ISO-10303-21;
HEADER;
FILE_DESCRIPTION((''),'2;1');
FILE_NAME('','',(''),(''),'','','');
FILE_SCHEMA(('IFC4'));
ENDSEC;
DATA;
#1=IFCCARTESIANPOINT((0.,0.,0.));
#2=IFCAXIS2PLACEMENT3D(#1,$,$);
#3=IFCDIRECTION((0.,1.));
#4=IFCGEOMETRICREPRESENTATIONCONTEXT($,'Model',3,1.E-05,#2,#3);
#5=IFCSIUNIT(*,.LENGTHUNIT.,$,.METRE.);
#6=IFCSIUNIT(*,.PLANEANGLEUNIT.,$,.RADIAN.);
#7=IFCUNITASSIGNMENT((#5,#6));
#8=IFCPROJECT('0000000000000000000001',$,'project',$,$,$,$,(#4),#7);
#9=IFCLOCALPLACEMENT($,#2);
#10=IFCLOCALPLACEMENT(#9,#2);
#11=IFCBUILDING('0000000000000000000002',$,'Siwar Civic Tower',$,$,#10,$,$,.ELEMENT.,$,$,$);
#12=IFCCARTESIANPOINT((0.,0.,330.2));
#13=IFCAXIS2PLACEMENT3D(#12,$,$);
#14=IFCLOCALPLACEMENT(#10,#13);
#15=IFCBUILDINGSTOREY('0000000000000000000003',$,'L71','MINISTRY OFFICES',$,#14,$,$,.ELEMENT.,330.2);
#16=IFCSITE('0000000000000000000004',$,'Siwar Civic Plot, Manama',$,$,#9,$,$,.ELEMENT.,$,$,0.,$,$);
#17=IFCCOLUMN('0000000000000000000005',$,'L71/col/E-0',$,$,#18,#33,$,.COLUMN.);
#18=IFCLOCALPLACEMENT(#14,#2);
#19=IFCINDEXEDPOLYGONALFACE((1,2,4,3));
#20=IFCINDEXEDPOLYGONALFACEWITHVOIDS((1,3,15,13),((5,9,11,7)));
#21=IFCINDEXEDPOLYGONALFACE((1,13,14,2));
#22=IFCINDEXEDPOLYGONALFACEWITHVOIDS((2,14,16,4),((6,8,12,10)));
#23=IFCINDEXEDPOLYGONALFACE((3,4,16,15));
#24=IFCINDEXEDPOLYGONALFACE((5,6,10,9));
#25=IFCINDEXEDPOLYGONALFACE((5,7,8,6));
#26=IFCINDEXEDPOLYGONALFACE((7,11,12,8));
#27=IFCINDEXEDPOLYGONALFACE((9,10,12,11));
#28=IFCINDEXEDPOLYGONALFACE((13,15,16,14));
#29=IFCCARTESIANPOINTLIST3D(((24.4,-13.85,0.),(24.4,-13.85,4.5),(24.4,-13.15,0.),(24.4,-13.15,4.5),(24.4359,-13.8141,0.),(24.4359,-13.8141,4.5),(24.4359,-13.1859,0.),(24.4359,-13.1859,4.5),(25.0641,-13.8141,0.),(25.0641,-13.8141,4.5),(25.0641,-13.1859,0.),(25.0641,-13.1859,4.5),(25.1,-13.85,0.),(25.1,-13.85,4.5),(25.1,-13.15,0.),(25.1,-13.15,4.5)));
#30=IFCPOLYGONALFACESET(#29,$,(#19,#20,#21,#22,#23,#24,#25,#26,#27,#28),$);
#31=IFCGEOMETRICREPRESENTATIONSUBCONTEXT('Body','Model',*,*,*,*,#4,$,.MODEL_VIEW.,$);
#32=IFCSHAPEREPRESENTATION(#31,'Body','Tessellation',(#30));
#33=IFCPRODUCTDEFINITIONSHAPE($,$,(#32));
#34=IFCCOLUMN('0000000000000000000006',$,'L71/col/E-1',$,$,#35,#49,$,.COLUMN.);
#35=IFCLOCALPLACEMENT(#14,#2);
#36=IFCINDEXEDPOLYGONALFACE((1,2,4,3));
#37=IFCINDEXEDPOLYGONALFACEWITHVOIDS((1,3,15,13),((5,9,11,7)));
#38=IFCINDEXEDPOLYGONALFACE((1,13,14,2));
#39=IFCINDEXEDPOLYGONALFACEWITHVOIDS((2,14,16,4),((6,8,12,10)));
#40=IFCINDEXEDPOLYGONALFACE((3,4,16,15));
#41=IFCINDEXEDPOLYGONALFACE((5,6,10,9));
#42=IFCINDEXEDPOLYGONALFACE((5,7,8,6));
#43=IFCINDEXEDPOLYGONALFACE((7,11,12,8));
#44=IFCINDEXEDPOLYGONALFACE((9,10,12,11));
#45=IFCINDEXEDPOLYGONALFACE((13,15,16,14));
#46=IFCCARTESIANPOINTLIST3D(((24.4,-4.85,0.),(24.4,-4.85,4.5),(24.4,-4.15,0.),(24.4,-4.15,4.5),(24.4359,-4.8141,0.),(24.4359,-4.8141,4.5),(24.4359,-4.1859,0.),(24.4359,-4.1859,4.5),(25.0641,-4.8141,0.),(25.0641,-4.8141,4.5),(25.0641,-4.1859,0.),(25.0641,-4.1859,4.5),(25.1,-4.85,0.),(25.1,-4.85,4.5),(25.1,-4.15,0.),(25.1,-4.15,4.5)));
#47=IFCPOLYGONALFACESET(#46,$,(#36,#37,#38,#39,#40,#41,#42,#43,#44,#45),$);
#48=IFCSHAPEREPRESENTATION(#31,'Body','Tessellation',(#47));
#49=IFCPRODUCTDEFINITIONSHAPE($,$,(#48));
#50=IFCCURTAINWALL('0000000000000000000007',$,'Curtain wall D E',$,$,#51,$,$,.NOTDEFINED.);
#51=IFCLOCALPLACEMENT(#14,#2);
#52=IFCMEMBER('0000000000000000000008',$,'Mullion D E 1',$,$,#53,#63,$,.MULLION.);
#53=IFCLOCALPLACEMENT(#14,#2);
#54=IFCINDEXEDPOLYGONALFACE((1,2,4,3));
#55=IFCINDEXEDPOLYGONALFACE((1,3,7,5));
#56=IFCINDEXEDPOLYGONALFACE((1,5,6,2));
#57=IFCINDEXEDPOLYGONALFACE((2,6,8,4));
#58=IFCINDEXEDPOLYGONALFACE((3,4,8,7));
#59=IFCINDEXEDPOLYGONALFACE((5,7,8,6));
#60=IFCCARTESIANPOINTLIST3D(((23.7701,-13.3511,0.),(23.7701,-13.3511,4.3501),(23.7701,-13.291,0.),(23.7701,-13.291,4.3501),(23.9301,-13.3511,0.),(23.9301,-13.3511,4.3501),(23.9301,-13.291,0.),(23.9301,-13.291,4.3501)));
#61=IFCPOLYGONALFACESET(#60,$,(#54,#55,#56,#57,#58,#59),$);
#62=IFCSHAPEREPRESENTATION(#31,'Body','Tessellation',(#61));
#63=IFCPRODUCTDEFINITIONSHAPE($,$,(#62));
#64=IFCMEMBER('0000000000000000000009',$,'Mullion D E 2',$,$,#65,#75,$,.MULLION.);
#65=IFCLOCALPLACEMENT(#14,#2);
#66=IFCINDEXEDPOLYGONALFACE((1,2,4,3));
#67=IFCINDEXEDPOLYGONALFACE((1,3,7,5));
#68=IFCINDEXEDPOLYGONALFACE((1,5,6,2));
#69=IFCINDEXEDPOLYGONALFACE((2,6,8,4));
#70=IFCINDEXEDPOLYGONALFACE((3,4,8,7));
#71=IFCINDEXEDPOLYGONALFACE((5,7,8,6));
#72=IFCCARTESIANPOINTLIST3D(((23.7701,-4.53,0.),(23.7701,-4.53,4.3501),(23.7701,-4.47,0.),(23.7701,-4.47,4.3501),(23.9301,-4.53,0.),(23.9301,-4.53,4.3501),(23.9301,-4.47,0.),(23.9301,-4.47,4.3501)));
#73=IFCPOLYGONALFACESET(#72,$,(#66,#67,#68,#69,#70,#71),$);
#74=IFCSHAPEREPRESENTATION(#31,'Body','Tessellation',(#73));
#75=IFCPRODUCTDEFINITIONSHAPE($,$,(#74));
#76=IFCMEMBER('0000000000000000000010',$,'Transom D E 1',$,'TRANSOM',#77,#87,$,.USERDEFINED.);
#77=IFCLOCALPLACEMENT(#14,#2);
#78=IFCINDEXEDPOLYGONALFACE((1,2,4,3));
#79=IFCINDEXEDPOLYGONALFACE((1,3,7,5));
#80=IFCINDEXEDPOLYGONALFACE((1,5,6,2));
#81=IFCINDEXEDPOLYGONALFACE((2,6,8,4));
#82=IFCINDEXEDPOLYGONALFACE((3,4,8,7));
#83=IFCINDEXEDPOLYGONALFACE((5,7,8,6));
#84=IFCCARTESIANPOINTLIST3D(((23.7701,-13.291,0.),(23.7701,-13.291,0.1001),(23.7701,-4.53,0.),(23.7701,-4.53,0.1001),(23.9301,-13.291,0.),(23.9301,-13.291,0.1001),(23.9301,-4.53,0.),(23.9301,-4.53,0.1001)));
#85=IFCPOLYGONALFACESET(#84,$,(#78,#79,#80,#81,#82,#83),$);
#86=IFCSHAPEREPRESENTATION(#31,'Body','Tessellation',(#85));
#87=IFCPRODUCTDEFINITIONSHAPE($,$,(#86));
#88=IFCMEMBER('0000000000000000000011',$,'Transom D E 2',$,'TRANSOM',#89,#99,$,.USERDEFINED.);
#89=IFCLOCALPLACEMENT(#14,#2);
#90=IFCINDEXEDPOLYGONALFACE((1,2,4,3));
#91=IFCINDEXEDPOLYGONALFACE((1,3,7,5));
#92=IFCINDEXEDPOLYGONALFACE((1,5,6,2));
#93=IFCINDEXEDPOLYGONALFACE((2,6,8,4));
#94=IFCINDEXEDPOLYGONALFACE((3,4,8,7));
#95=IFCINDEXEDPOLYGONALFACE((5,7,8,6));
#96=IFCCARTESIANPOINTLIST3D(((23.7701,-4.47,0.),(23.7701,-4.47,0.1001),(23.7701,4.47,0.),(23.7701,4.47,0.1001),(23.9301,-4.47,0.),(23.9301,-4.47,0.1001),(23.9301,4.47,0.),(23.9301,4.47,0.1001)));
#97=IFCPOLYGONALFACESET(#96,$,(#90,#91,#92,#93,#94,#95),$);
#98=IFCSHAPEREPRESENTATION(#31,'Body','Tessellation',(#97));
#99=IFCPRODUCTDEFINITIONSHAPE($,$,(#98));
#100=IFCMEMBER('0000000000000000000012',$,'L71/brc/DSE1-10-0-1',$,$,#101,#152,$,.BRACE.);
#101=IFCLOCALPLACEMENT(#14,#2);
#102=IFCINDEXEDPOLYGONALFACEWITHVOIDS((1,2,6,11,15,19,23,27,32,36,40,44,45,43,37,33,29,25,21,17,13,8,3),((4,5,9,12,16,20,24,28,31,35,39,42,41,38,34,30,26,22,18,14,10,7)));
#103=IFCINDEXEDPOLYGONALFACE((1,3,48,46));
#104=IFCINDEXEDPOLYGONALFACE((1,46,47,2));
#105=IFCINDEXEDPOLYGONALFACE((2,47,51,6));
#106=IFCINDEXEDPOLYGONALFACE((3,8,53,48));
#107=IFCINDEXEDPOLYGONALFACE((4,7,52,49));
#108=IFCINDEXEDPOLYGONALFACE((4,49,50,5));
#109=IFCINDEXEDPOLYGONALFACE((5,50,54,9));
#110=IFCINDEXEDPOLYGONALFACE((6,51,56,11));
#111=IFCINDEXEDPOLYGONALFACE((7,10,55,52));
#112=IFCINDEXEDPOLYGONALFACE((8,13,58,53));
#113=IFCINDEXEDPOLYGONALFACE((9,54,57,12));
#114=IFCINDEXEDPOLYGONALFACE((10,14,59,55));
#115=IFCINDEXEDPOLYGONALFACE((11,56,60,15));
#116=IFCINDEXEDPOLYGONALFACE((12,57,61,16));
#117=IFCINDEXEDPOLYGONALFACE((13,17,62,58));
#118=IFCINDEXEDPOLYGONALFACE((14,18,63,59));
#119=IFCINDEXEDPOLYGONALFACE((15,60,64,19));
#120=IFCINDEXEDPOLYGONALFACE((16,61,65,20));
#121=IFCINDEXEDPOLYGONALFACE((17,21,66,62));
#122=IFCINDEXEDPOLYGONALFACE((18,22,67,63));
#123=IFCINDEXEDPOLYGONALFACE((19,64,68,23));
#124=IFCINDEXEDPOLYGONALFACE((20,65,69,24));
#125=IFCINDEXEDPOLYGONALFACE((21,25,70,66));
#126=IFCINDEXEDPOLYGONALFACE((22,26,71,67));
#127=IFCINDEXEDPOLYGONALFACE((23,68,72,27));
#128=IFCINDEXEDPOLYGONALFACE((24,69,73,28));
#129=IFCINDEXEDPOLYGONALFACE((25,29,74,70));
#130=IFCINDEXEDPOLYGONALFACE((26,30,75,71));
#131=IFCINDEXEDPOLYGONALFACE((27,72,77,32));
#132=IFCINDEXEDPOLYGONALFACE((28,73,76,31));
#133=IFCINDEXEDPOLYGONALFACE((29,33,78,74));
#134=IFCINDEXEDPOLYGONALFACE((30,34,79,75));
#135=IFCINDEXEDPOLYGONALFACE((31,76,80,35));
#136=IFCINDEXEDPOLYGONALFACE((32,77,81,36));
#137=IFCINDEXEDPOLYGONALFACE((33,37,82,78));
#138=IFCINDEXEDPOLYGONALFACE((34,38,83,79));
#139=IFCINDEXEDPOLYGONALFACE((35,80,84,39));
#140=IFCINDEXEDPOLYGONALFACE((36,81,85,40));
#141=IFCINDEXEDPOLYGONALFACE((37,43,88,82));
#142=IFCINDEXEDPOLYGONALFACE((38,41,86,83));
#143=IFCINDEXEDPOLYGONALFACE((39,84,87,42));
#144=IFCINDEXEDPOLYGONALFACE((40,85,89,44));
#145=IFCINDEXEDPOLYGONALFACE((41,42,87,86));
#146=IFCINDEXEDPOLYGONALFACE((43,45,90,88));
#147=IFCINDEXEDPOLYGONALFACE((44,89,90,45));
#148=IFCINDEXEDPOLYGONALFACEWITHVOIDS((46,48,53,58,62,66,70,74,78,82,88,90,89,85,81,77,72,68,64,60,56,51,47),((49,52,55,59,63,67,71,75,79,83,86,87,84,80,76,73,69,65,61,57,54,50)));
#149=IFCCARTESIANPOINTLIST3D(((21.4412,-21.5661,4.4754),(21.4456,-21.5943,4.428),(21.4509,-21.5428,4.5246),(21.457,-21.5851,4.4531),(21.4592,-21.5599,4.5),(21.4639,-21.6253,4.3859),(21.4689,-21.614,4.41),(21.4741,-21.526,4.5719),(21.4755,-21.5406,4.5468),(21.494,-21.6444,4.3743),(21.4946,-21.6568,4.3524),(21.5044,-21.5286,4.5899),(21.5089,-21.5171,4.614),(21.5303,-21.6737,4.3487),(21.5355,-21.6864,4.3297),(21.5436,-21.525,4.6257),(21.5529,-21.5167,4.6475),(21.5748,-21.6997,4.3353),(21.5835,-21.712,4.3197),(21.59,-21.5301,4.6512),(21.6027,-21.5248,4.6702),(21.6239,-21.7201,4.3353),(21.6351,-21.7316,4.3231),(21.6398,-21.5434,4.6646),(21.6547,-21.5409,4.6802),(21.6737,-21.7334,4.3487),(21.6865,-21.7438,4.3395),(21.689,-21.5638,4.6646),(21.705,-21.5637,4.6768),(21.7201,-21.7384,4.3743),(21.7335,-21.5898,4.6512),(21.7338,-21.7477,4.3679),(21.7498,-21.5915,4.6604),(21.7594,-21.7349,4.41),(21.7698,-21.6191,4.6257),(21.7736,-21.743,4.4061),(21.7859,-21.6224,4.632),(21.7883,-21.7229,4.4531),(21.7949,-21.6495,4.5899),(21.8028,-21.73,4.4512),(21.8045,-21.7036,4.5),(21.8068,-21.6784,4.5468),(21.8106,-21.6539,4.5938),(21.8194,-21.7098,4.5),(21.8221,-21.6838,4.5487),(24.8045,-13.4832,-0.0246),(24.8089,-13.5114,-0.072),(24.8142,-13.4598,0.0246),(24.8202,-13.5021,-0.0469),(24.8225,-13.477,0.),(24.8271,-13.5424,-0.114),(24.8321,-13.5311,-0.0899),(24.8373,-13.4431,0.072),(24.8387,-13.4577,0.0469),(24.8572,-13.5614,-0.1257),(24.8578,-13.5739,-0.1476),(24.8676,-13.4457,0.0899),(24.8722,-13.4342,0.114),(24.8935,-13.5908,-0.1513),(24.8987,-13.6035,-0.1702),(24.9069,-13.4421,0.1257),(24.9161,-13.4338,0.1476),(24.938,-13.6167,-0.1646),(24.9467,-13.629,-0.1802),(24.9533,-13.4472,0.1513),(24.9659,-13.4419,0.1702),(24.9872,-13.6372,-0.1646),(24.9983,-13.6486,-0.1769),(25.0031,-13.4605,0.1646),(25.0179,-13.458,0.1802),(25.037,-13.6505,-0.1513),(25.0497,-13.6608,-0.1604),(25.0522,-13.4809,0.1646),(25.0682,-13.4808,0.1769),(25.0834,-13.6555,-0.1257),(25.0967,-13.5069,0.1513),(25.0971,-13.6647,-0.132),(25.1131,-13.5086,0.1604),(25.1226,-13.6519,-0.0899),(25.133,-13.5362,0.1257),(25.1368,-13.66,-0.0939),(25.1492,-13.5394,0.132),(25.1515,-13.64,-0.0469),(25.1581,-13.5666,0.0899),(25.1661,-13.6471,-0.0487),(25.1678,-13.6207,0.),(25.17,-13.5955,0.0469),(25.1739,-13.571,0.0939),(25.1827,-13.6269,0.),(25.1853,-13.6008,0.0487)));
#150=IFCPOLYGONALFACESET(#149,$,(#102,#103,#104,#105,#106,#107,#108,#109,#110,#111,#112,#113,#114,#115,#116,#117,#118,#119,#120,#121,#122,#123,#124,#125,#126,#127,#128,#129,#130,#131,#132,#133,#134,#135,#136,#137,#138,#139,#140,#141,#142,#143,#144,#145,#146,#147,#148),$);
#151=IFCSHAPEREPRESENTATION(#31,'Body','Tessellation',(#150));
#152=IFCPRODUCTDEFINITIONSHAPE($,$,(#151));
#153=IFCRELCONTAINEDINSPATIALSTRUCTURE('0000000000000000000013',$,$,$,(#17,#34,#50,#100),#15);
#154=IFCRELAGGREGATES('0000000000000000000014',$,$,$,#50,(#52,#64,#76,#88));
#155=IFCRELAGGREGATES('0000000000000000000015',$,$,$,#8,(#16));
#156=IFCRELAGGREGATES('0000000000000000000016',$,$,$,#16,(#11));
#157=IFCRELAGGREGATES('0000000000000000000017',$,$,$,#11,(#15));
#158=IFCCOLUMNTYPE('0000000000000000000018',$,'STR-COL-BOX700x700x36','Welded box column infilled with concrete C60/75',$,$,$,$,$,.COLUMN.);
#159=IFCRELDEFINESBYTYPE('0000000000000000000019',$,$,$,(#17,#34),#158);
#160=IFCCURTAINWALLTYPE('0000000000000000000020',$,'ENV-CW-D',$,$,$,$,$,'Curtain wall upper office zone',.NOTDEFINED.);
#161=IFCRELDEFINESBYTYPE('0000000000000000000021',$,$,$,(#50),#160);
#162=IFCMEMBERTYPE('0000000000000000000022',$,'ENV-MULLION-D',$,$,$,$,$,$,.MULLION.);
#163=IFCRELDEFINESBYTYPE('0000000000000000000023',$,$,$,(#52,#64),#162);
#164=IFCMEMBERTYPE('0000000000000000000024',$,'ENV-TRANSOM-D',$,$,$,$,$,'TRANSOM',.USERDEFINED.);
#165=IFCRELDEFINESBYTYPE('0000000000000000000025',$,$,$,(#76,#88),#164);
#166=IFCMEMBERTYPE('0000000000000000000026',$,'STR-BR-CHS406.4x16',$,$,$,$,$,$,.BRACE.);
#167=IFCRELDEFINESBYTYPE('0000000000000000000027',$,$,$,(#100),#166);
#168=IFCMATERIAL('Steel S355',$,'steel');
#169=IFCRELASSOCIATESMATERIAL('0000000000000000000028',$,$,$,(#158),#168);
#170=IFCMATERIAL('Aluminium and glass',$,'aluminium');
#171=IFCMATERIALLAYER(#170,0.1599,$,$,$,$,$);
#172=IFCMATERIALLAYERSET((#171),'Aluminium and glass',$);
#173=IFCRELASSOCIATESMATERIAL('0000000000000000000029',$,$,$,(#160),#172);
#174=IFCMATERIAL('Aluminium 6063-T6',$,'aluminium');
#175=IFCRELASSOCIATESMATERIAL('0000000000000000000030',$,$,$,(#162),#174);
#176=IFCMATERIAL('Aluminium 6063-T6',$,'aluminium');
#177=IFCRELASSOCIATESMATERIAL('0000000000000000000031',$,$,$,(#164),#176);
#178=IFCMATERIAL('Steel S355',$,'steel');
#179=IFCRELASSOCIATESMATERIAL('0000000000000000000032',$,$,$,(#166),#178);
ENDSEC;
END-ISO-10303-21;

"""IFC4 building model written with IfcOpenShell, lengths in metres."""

from ifc_helpers import new_model, si_unit, direction, frame, origin, origin_2d, place, context, subcontext, project, spatial, rectangle, hollow_rectangle, hollow_circle, extrude, material, layer, layer_set, material_profile, profile_set, type_object, element, aggregate, save


model = new_model("IFC4")

# Units and contexts
model_context = context("Model", 3, precision=1e-05, world=origin(), true_north=direction((0.0, 1.0)))
body_context = subcontext(model_context, "Body", "Model", "MODEL_VIEW")
ifc_project = project(units=[si_unit("LENGTHUNIT", "METRE"), si_unit("PLANEANGLEUNIT", "RADIAN")], contexts=[model_context])

# Site, building, storey
site_placement = place(None, origin())
site = spatial("IfcSite", under=ifc_project, at=site_placement, Name="Siwar Civic Plot, Manama", CompositionType="ELEMENT", RefElevation=0.0)
building_placement = place(site_placement, origin())
building = spatial("IfcBuilding", under=site, at=building_placement, Name="Siwar Civic Tower", CompositionType="ELEMENT")
storey_placement = place(building_placement, frame((0.0, 0.0, 330.2)))
storey = spatial("IfcBuildingStorey", under=building, at=storey_placement, Name="L71", Description="MINISTRY OFFICES", CompositionType="ELEMENT", Elevation=330.2)

# Columns
ifc_material_1 = material(Name="Steel S355", Category="steel")
ifc_material_profile_1 = material_profile(ifc_material_1, hollow_rectangle(XDim=0.7, YDim=0.7, WallThickness=0.0359, at=origin_2d()), Name="BOX700x700x36")
ifc_profile_set_1 = profile_set([ifc_material_profile_1], Name="Steel S355")
column_type = type_object("IfcColumnType", Name="STR-COL-BOX700x700x36", Description="Welded box column infilled with concrete C60/75", PredefinedType="COLUMN", material=ifc_profile_set_1)
for number, where, z_axis, x_axis, name in (
    (1, (24.75, -13.5, 0.0), (0.0, 0.0, 1.0), (1.0, 0.0, 0.0), "L71/col/E-0"),
    (2, (24.75, -4.5, 0.0), (0.0, 0.0, 1.0), (1.0, 0.0, 0.0), "L71/col/E-1"),
):
    element("IfcColumn", number, at=place(storey_placement, frame(where, z_axis=z_axis, x_axis=x_axis)), inside=storey, type_object=column_type, Name=name, PredefinedType="COLUMN", context=body_context, shape_type="SweptSolid", body=[
        extrude(hollow_rectangle(XDim=0.7, YDim=0.7, WallThickness=0.0359, at=origin_2d()), origin(), (0.0, 0.0, 1.0), 4.5),
    ])

# Curtain wall, members
ifc_material_2 = material(Name="Aluminium and glass", Category="aluminium")
ifc_layer_1 = layer(ifc_material_2, 0.1599)
ifc_layer_set_1 = layer_set([ifc_layer_1], Name="Aluminium and glass")
curtain_wall_type = type_object("IfcCurtainWallType", Name="ENV-CW-D", ElementType="Curtain wall upper office zone", PredefinedType="NOTDEFINED", material=ifc_layer_set_1)
curtain_wall_placement = place(storey_placement, origin())
curtain_wall = element("IfcCurtainWall", 3, at=curtain_wall_placement, inside=storey, type_object=curtain_wall_type, Name="Curtain wall D E", PredefinedType="NOTDEFINED")
ifc_material_3 = material(Name="Aluminium 6063-T6", Category="aluminium")
ifc_material_profile_2 = material_profile(ifc_material_3, rectangle(XDim=0.1599, YDim=0.0601, at=origin_2d()), Name="AL 160x60")
ifc_profile_set_2 = profile_set([ifc_material_profile_2], Name="Aluminium 6063-T6")
member_type_1 = type_object("IfcMemberType", Name="ENV-MULLION-D", PredefinedType="MULLION", material=ifc_profile_set_2)
member_1_placement = place(storey_placement, frame((23.8501, -13.321, 0.0), z_axis=(0.0, 0.0, 1.0), x_axis=(-1.0, 0.0, 0.0)))
member_1 = element("IfcMember", 4, at=member_1_placement, type_object=member_type_1, Name="Mullion D E 1", PredefinedType="MULLION", context=body_context, shape_type="SweptSolid", body=[
    extrude(rectangle(XDim=0.1599, YDim=0.0601, at=origin_2d()), origin(), (0.0, 0.0, 1.0), 4.3501),
])
member_2_placement = place(storey_placement, frame((23.8501, -4.5, 0.0), z_axis=(0.0, 0.0, 1.0), x_axis=(-1.0, 0.0, 0.0)))
member_2 = element("IfcMember", 5, at=member_2_placement, type_object=member_type_1, Name="Mullion D E 2", PredefinedType="MULLION", context=body_context, shape_type="SweptSolid", body=[
    extrude(rectangle(XDim=0.1599, YDim=0.0601, at=origin_2d()), origin(), (0.0, 0.0, 1.0), 4.3501),
])
ifc_material_4 = material(Name="Aluminium 6063-T6", Category="aluminium")
ifc_material_profile_3 = material_profile(ifc_material_4, rectangle(XDim=0.1599, YDim=0.1001, at=origin_2d()), Name="AL 160x100")
ifc_profile_set_3 = profile_set([ifc_material_profile_3], Name="Aluminium 6063-T6")
member_type_2 = type_object("IfcMemberType", Name="ENV-TRANSOM-D", ElementType="TRANSOM", PredefinedType="USERDEFINED", material=ifc_profile_set_3)
member_3_placement = place(storey_placement, frame((23.8501, -13.291, 0.05), z_axis=(0.0, 1.0, 0.0), x_axis=(-1.0, 0.0, 0.0)))
member_3 = element("IfcMember", 6, at=member_3_placement, type_object=member_type_2, Name="Transom D E 1", ObjectType="TRANSOM", PredefinedType="USERDEFINED", context=body_context, shape_type="SweptSolid", body=[
    extrude(rectangle(XDim=0.1599, YDim=0.1001, at=origin_2d()), origin(), (0.0, 0.0, 1.0), 8.761),
])
member_4_placement = place(storey_placement, frame((23.8501, -4.47, 0.05), z_axis=(0.0, 1.0, 0.0), x_axis=(-1.0, 0.0, 0.0)))
member_4 = element("IfcMember", 7, at=member_4_placement, type_object=member_type_2, Name="Transom D E 2", ObjectType="TRANSOM", PredefinedType="USERDEFINED", context=body_context, shape_type="SweptSolid", body=[
    extrude(rectangle(XDim=0.1599, YDim=0.1001, at=origin_2d()), origin(), (0.0, 0.0, 1.0), 8.9399),
])

# Member
ifc_material_5 = material(Name="Steel S355", Category="steel")
ifc_material_profile_4 = material_profile(ifc_material_5, hollow_circle(Radius=0.2031, WallThickness=0.0161, at=origin_2d()), Name="CHS406.4x16")
ifc_profile_set_4 = profile_set([ifc_material_profile_4], Name="Steel S355")
member_type_3 = type_object("IfcMemberType", Name="STR-BR-CHS406.4x16", PredefinedType="BRACE", material=ifc_profile_set_4)
member_5_placement = place(storey_placement, frame((24.9951, -13.5488, 0.0), z_axis=(-0.341671, -0.821143, 0.457149), x_axis=(0.923265, -0.384164, 0.0)))
element("IfcMember", 8, at=member_5_placement, inside=storey, type_object=member_type_3, Name="L71/brc/DSE1-10-0-1", PredefinedType="BRACE", context=body_context, shape_type="SweptSolid", body=[
    extrude(hollow_circle(Radius=0.2031, WallThickness=0.0161, at=origin_2d()), origin(), (0.0, 0.0, 1.0), 9.8435),
])

aggregate(curtain_wall, [member_1, member_2, member_3, member_4])

save(model, "model.ifc")
